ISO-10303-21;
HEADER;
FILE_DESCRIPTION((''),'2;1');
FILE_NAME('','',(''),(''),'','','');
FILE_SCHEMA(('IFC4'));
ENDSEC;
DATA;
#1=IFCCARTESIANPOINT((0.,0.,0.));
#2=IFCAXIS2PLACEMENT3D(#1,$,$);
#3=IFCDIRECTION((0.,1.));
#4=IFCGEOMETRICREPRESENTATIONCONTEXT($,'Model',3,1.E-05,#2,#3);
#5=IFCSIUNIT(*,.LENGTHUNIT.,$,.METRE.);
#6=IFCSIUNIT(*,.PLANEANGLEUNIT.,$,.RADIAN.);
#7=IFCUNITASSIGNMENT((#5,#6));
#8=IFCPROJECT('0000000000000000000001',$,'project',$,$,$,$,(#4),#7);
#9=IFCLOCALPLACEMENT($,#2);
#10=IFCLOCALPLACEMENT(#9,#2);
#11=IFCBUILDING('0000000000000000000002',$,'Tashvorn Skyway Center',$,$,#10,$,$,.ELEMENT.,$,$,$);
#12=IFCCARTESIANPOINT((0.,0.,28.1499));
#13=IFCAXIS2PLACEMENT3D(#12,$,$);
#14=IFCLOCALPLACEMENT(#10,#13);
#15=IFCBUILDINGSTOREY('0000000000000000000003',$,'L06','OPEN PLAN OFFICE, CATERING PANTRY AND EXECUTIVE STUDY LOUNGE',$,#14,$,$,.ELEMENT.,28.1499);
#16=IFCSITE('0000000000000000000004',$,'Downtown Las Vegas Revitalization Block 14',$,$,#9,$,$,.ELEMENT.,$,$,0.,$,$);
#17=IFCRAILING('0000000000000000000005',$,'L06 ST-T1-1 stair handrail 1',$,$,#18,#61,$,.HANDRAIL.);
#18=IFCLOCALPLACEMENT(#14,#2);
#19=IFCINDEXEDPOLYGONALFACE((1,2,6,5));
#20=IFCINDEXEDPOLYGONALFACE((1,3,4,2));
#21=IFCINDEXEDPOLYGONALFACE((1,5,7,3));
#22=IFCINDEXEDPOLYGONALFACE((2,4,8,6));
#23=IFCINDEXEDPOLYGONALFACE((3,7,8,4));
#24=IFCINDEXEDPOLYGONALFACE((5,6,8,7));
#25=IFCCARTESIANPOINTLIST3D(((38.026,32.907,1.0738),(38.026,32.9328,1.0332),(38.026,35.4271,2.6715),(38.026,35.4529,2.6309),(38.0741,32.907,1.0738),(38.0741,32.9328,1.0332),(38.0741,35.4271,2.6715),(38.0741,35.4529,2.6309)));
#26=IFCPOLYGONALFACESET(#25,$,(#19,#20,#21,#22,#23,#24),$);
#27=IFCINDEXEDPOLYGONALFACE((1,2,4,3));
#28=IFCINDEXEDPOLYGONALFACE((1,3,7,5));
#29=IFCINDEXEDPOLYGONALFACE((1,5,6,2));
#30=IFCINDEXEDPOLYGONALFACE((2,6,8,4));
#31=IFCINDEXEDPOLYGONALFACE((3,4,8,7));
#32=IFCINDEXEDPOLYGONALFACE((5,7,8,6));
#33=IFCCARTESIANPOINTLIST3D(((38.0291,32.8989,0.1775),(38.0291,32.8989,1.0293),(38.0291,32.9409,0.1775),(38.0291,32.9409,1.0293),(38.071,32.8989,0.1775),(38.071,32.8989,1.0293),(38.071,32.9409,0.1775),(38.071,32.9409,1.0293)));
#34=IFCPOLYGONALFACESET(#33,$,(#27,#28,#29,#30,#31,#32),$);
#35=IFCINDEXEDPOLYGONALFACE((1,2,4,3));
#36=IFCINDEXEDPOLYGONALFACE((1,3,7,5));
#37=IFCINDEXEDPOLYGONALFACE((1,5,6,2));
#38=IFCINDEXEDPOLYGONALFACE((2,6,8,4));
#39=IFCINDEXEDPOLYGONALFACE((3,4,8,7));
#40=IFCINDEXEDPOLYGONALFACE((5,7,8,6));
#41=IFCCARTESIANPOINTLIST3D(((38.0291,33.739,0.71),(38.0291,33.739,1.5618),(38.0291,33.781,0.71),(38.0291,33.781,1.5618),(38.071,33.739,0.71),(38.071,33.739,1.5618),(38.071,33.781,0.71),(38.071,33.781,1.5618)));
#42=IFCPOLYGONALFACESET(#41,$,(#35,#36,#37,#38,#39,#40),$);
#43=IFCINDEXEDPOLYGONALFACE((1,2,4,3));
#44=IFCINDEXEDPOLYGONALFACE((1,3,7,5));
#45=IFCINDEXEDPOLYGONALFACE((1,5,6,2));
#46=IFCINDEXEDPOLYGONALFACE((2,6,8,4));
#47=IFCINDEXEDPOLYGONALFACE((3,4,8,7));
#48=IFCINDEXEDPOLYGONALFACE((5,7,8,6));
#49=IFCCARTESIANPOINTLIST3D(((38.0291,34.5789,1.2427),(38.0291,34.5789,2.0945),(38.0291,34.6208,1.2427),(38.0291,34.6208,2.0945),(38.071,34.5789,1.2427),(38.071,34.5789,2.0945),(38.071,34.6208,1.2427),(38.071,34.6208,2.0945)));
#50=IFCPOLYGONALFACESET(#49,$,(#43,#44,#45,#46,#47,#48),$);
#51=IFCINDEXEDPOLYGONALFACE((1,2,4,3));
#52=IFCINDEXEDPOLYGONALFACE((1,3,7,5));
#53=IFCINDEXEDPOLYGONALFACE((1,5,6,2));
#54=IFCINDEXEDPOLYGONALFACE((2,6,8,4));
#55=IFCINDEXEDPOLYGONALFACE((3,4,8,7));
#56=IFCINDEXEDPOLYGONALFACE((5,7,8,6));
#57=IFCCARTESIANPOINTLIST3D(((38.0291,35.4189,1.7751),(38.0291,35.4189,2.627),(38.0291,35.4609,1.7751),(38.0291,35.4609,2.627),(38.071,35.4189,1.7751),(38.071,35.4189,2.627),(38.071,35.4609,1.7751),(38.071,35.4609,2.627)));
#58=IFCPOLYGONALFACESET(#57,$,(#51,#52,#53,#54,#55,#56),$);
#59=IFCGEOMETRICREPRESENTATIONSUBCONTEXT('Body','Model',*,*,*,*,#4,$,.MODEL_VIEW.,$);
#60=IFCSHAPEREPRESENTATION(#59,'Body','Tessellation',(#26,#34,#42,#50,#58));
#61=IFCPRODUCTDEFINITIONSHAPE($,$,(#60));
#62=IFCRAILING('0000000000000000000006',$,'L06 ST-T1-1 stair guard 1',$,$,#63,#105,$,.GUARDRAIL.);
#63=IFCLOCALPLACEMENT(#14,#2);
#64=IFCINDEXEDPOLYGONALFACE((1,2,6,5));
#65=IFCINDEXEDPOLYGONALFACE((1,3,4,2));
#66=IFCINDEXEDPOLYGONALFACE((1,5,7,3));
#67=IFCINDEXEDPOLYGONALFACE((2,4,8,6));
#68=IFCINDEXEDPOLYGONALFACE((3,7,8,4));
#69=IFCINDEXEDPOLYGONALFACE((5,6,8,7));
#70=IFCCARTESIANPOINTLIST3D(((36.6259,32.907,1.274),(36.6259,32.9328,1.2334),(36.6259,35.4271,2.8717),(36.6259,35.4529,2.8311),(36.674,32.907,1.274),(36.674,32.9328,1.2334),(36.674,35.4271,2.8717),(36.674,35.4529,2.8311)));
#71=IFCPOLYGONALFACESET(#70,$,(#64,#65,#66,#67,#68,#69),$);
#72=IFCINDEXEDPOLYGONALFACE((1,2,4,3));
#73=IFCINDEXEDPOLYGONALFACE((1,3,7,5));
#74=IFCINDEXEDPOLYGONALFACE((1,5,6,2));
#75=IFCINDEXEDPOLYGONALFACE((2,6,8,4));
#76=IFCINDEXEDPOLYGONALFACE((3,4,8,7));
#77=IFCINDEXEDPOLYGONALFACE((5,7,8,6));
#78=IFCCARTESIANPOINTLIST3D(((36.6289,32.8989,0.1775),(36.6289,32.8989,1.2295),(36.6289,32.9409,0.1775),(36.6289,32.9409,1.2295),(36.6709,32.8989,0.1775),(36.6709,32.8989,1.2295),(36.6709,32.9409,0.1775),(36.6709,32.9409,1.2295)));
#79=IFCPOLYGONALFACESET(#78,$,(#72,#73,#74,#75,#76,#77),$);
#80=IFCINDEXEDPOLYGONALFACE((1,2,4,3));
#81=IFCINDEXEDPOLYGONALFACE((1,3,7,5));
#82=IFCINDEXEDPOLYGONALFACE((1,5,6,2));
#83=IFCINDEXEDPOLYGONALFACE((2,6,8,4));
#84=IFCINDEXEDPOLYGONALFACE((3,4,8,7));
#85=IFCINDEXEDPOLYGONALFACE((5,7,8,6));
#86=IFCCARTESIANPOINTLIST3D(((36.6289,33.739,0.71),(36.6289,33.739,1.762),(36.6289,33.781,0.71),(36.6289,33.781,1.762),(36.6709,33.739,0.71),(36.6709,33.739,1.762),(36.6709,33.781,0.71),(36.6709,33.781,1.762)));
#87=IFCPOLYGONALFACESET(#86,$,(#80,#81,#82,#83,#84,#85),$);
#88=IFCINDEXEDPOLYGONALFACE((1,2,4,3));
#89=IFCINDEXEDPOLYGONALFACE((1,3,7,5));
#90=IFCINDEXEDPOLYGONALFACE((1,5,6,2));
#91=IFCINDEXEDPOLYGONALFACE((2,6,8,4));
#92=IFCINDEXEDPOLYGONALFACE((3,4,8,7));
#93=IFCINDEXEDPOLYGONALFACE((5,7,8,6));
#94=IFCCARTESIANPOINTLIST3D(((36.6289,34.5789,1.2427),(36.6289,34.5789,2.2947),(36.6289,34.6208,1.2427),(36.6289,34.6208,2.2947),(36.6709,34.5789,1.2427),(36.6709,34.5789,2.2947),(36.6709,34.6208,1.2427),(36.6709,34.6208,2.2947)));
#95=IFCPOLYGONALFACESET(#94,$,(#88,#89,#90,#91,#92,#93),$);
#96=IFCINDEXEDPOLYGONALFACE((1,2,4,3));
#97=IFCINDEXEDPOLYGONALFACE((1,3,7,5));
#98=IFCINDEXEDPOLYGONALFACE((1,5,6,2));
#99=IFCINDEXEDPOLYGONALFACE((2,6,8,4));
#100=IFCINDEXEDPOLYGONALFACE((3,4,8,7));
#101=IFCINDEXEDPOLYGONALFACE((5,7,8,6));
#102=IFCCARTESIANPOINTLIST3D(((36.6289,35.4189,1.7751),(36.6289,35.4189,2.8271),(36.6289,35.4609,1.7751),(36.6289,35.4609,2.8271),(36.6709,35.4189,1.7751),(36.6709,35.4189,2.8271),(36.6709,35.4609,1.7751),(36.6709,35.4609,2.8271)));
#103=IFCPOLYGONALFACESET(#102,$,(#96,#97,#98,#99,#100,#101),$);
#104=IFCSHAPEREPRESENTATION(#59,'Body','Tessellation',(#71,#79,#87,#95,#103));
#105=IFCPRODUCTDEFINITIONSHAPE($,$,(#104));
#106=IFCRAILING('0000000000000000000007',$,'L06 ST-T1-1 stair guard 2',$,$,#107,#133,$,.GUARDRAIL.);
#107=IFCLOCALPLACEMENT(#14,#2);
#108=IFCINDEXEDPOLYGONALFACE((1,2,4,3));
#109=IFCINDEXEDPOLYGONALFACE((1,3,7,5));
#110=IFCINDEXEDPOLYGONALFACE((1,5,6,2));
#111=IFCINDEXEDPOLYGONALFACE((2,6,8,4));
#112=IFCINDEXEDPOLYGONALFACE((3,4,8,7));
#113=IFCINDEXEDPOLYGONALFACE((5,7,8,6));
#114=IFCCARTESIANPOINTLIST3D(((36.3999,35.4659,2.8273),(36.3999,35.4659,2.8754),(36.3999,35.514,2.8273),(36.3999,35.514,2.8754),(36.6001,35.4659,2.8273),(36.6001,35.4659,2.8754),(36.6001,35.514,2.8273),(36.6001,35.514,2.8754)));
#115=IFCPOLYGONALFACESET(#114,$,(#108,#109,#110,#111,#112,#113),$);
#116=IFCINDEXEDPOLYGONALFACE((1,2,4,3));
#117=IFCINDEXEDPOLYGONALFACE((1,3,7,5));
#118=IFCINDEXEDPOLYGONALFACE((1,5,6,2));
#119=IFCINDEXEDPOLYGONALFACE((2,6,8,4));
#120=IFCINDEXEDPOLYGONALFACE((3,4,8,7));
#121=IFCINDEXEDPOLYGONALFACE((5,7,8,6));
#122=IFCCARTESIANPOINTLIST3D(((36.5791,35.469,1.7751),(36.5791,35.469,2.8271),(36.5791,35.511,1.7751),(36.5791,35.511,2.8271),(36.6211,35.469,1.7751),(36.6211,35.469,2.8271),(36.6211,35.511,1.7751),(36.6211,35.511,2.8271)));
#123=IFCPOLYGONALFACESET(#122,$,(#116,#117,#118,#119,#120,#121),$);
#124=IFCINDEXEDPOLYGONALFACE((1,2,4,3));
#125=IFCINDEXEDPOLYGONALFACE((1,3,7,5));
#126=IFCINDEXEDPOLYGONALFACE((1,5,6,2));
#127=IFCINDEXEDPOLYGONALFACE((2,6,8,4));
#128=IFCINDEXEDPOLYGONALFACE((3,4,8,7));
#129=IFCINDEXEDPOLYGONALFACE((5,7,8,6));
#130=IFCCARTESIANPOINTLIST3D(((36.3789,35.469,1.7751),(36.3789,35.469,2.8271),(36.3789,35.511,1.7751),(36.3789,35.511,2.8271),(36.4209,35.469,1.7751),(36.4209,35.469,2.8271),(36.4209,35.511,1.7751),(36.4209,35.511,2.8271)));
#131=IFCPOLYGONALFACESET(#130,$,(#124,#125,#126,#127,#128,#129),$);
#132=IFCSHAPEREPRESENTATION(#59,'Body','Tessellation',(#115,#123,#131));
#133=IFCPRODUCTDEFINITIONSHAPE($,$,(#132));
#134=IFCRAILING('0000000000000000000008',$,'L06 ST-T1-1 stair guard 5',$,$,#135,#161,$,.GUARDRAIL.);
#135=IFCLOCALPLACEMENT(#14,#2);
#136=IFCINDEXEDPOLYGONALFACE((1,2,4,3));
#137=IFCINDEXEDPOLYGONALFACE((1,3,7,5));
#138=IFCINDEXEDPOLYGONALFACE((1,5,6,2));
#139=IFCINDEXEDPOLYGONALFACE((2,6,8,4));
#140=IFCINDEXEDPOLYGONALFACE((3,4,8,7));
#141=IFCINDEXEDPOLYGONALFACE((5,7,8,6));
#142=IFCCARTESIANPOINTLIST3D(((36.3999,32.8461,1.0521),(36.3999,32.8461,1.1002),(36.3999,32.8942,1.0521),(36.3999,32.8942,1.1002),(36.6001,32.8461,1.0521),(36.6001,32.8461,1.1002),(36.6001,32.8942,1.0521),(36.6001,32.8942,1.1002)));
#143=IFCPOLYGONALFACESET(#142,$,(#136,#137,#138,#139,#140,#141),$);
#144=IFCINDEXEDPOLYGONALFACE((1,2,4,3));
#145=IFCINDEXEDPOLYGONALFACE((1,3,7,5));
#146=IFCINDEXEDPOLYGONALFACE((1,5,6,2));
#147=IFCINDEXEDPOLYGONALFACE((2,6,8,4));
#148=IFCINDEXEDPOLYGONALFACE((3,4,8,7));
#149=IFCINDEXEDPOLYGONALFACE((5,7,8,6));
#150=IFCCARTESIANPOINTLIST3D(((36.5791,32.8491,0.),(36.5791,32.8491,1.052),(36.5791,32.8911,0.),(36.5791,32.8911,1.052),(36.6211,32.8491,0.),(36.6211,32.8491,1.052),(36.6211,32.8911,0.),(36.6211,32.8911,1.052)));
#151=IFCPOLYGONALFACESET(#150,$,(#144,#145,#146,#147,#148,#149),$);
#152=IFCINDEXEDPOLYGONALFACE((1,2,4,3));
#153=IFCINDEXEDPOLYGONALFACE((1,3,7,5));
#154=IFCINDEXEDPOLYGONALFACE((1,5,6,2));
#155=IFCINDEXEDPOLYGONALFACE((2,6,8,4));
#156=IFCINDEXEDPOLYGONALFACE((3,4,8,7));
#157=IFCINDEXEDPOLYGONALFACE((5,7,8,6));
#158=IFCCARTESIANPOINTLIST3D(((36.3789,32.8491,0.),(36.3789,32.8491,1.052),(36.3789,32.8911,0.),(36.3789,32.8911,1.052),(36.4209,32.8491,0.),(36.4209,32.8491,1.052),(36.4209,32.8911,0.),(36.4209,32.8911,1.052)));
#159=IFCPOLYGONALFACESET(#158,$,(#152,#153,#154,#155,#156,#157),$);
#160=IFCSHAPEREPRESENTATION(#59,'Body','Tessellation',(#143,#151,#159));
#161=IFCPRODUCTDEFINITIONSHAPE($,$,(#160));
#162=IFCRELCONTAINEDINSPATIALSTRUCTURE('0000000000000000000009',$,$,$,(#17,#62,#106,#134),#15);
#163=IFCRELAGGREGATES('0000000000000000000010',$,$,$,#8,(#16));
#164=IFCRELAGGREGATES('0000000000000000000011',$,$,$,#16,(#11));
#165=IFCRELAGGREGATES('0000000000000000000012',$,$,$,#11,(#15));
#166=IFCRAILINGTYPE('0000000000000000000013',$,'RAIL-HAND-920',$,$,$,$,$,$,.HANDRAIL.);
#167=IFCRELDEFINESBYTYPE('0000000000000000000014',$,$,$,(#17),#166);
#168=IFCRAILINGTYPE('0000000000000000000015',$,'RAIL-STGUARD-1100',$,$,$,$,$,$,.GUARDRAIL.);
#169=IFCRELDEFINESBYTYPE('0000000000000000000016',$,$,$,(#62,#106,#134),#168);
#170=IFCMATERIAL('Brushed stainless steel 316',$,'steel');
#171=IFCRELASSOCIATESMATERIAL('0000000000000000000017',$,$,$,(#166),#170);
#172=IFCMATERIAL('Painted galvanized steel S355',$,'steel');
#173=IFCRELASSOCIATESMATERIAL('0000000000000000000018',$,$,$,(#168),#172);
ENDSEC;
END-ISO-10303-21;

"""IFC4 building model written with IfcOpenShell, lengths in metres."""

from ifc_helpers import new_model, si_unit, direction, frame, origin, origin_2d, place, context, subcontext, project, spatial, rectangle, extrude, material, type_object, element, save


model = new_model("IFC4")

# Units and contexts
model_context = context("Model", 3, precision=1e-05, world=origin(), true_north=direction((0.0, 1.0)))
body_context = subcontext(model_context, "Body", "Model", "MODEL_VIEW")
ifc_project = project(units=[si_unit("LENGTHUNIT", "METRE"), si_unit("PLANEANGLEUNIT", "RADIAN")], contexts=[model_context])

# Site, building, storey
site_placement = place(None, origin())
site = spatial("IfcSite", under=ifc_project, at=site_placement, Name="Downtown Las Vegas Revitalization Block 14", CompositionType="ELEMENT", RefElevation=0.0)
building_placement = place(site_placement, origin())
building = spatial("IfcBuilding", under=site, at=building_placement, Name="Tashvorn Skyway Center", CompositionType="ELEMENT")
storey_placement = place(building_placement, frame((0.0, 0.0, 28.1499)))
storey = spatial("IfcBuildingStorey", under=building, at=storey_placement, Name="L06", Description="OPEN PLAN OFFICE, CATERING PANTRY AND EXECUTIVE STUDY LOUNGE", CompositionType="ELEMENT", Elevation=28.1499)

# Railings
ifc_material_1 = material(Name="Brushed stainless steel 316", Category="steel")
railing_type_1 = type_object("IfcRailingType", Name="RAIL-HAND-920", PredefinedType="HANDRAIL", material=ifc_material_1)
railing_1_placement = place(storey_placement, frame((38.05, 32.9199, 0.1775)))
element("IfcRailing", 1, at=railing_1_placement, inside=storey, type_object=railing_type_1, Name="L06 ST-T1-1 stair handrail 1", PredefinedType="HANDRAIL", context=body_context, shape_type="SweptSolid", body=[
    extrude(rectangle(XDim=0.0481, YDim=0.0481, at=origin_2d()), frame((0.0, 0.0, 0.876), z_axis=(0.0, 0.84457, 0.535445), x_axis=(-1.0, 0.0, 0.0)), (0.0, 0.0, 1.0), 2.9839),
    extrude(rectangle(XDim=0.042, YDim=0.042, at=origin_2d()), origin(), (0.0, 0.0, 1.0), 0.8518),
    extrude(rectangle(XDim=0.042, YDim=0.042, at=origin_2d()), frame((0.0, 0.8401, 0.5325)), (0.0, 0.0, 1.0), 0.8518),
    extrude(rectangle(XDim=0.042, YDim=0.042, at=origin_2d()), frame((0.0, 1.6799, 1.0652)), (0.0, 0.0, 1.0), 0.8518),
    extrude(rectangle(XDim=0.042, YDim=0.042, at=origin_2d()), frame((0.0, 2.52, 1.5977)), (0.0, 0.0, 1.0), 0.8518),
])
ifc_material_2 = material(Name="Painted galvanized steel S355", Category="steel")
railing_type_2 = type_object("IfcRailingType", Name="RAIL-STGUARD-1100", PredefinedType="GUARDRAIL", material=ifc_material_2)
railing_2_placement = place(storey_placement, frame((36.6499, 32.9199, 0.1775)))
element("IfcRailing", 2, at=railing_2_placement, inside=storey, type_object=railing_type_2, Name="L06 ST-T1-1 stair guard 1", PredefinedType="GUARDRAIL", context=body_context, shape_type="SweptSolid", body=[
    extrude(rectangle(XDim=0.0481, YDim=0.0481, at=origin_2d()), frame((0.0, 0.0, 1.0762), z_axis=(0.0, 0.84457, 0.535445), x_axis=(-1.0, 0.0, 0.0)), (0.0, 0.0, 1.0), 2.9839),
    extrude(rectangle(XDim=0.042, YDim=0.042, at=origin_2d()), origin(), (0.0, 0.0, 1.0), 1.052),
    extrude(rectangle(XDim=0.042, YDim=0.042, at=origin_2d()), frame((0.0, 0.8401, 0.5325)), (0.0, 0.0, 1.0), 1.052),
    extrude(rectangle(XDim=0.042, YDim=0.042, at=origin_2d()), frame((0.0, 1.6799, 1.0652)), (0.0, 0.0, 1.0), 1.052),
    extrude(rectangle(XDim=0.042, YDim=0.042, at=origin_2d()), frame((0.0, 2.52, 1.5977)), (0.0, 0.0, 1.0), 1.052),
])
for number, where, name in (
    (3, (36.6001, 35.49, 1.7751), "L06 ST-T1-1 stair guard 2"),
    (4, (36.6001, 32.8701, 0.0), "L06 ST-T1-1 stair guard 5"),
):
    element("IfcRailing", number, at=place(storey_placement, frame(where)), inside=storey, type_object=railing_type_2, Name=name, PredefinedType="GUARDRAIL", context=body_context, shape_type="SweptSolid", body=[
        extrude(rectangle(XDim=0.0481, YDim=0.0481, at=origin_2d()), frame((0.0, 0.0, 1.0762), z_axis=(-1.0, 0.0, 0.0), x_axis=(0.0, -1.0, 0.0)), (0.0, 0.0, 1.0), 0.2002),
        extrude(rectangle(XDim=0.042, YDim=0.042, at=origin_2d()), origin(), (0.0, 0.0, 1.0), 1.052),
        extrude(rectangle(XDim=0.042, YDim=0.042, at=origin_2d()), frame((-0.2002, 0.0, 0.0)), (0.0, 0.0, 1.0), 1.052),
    ])

save(model, "model.ifc")
